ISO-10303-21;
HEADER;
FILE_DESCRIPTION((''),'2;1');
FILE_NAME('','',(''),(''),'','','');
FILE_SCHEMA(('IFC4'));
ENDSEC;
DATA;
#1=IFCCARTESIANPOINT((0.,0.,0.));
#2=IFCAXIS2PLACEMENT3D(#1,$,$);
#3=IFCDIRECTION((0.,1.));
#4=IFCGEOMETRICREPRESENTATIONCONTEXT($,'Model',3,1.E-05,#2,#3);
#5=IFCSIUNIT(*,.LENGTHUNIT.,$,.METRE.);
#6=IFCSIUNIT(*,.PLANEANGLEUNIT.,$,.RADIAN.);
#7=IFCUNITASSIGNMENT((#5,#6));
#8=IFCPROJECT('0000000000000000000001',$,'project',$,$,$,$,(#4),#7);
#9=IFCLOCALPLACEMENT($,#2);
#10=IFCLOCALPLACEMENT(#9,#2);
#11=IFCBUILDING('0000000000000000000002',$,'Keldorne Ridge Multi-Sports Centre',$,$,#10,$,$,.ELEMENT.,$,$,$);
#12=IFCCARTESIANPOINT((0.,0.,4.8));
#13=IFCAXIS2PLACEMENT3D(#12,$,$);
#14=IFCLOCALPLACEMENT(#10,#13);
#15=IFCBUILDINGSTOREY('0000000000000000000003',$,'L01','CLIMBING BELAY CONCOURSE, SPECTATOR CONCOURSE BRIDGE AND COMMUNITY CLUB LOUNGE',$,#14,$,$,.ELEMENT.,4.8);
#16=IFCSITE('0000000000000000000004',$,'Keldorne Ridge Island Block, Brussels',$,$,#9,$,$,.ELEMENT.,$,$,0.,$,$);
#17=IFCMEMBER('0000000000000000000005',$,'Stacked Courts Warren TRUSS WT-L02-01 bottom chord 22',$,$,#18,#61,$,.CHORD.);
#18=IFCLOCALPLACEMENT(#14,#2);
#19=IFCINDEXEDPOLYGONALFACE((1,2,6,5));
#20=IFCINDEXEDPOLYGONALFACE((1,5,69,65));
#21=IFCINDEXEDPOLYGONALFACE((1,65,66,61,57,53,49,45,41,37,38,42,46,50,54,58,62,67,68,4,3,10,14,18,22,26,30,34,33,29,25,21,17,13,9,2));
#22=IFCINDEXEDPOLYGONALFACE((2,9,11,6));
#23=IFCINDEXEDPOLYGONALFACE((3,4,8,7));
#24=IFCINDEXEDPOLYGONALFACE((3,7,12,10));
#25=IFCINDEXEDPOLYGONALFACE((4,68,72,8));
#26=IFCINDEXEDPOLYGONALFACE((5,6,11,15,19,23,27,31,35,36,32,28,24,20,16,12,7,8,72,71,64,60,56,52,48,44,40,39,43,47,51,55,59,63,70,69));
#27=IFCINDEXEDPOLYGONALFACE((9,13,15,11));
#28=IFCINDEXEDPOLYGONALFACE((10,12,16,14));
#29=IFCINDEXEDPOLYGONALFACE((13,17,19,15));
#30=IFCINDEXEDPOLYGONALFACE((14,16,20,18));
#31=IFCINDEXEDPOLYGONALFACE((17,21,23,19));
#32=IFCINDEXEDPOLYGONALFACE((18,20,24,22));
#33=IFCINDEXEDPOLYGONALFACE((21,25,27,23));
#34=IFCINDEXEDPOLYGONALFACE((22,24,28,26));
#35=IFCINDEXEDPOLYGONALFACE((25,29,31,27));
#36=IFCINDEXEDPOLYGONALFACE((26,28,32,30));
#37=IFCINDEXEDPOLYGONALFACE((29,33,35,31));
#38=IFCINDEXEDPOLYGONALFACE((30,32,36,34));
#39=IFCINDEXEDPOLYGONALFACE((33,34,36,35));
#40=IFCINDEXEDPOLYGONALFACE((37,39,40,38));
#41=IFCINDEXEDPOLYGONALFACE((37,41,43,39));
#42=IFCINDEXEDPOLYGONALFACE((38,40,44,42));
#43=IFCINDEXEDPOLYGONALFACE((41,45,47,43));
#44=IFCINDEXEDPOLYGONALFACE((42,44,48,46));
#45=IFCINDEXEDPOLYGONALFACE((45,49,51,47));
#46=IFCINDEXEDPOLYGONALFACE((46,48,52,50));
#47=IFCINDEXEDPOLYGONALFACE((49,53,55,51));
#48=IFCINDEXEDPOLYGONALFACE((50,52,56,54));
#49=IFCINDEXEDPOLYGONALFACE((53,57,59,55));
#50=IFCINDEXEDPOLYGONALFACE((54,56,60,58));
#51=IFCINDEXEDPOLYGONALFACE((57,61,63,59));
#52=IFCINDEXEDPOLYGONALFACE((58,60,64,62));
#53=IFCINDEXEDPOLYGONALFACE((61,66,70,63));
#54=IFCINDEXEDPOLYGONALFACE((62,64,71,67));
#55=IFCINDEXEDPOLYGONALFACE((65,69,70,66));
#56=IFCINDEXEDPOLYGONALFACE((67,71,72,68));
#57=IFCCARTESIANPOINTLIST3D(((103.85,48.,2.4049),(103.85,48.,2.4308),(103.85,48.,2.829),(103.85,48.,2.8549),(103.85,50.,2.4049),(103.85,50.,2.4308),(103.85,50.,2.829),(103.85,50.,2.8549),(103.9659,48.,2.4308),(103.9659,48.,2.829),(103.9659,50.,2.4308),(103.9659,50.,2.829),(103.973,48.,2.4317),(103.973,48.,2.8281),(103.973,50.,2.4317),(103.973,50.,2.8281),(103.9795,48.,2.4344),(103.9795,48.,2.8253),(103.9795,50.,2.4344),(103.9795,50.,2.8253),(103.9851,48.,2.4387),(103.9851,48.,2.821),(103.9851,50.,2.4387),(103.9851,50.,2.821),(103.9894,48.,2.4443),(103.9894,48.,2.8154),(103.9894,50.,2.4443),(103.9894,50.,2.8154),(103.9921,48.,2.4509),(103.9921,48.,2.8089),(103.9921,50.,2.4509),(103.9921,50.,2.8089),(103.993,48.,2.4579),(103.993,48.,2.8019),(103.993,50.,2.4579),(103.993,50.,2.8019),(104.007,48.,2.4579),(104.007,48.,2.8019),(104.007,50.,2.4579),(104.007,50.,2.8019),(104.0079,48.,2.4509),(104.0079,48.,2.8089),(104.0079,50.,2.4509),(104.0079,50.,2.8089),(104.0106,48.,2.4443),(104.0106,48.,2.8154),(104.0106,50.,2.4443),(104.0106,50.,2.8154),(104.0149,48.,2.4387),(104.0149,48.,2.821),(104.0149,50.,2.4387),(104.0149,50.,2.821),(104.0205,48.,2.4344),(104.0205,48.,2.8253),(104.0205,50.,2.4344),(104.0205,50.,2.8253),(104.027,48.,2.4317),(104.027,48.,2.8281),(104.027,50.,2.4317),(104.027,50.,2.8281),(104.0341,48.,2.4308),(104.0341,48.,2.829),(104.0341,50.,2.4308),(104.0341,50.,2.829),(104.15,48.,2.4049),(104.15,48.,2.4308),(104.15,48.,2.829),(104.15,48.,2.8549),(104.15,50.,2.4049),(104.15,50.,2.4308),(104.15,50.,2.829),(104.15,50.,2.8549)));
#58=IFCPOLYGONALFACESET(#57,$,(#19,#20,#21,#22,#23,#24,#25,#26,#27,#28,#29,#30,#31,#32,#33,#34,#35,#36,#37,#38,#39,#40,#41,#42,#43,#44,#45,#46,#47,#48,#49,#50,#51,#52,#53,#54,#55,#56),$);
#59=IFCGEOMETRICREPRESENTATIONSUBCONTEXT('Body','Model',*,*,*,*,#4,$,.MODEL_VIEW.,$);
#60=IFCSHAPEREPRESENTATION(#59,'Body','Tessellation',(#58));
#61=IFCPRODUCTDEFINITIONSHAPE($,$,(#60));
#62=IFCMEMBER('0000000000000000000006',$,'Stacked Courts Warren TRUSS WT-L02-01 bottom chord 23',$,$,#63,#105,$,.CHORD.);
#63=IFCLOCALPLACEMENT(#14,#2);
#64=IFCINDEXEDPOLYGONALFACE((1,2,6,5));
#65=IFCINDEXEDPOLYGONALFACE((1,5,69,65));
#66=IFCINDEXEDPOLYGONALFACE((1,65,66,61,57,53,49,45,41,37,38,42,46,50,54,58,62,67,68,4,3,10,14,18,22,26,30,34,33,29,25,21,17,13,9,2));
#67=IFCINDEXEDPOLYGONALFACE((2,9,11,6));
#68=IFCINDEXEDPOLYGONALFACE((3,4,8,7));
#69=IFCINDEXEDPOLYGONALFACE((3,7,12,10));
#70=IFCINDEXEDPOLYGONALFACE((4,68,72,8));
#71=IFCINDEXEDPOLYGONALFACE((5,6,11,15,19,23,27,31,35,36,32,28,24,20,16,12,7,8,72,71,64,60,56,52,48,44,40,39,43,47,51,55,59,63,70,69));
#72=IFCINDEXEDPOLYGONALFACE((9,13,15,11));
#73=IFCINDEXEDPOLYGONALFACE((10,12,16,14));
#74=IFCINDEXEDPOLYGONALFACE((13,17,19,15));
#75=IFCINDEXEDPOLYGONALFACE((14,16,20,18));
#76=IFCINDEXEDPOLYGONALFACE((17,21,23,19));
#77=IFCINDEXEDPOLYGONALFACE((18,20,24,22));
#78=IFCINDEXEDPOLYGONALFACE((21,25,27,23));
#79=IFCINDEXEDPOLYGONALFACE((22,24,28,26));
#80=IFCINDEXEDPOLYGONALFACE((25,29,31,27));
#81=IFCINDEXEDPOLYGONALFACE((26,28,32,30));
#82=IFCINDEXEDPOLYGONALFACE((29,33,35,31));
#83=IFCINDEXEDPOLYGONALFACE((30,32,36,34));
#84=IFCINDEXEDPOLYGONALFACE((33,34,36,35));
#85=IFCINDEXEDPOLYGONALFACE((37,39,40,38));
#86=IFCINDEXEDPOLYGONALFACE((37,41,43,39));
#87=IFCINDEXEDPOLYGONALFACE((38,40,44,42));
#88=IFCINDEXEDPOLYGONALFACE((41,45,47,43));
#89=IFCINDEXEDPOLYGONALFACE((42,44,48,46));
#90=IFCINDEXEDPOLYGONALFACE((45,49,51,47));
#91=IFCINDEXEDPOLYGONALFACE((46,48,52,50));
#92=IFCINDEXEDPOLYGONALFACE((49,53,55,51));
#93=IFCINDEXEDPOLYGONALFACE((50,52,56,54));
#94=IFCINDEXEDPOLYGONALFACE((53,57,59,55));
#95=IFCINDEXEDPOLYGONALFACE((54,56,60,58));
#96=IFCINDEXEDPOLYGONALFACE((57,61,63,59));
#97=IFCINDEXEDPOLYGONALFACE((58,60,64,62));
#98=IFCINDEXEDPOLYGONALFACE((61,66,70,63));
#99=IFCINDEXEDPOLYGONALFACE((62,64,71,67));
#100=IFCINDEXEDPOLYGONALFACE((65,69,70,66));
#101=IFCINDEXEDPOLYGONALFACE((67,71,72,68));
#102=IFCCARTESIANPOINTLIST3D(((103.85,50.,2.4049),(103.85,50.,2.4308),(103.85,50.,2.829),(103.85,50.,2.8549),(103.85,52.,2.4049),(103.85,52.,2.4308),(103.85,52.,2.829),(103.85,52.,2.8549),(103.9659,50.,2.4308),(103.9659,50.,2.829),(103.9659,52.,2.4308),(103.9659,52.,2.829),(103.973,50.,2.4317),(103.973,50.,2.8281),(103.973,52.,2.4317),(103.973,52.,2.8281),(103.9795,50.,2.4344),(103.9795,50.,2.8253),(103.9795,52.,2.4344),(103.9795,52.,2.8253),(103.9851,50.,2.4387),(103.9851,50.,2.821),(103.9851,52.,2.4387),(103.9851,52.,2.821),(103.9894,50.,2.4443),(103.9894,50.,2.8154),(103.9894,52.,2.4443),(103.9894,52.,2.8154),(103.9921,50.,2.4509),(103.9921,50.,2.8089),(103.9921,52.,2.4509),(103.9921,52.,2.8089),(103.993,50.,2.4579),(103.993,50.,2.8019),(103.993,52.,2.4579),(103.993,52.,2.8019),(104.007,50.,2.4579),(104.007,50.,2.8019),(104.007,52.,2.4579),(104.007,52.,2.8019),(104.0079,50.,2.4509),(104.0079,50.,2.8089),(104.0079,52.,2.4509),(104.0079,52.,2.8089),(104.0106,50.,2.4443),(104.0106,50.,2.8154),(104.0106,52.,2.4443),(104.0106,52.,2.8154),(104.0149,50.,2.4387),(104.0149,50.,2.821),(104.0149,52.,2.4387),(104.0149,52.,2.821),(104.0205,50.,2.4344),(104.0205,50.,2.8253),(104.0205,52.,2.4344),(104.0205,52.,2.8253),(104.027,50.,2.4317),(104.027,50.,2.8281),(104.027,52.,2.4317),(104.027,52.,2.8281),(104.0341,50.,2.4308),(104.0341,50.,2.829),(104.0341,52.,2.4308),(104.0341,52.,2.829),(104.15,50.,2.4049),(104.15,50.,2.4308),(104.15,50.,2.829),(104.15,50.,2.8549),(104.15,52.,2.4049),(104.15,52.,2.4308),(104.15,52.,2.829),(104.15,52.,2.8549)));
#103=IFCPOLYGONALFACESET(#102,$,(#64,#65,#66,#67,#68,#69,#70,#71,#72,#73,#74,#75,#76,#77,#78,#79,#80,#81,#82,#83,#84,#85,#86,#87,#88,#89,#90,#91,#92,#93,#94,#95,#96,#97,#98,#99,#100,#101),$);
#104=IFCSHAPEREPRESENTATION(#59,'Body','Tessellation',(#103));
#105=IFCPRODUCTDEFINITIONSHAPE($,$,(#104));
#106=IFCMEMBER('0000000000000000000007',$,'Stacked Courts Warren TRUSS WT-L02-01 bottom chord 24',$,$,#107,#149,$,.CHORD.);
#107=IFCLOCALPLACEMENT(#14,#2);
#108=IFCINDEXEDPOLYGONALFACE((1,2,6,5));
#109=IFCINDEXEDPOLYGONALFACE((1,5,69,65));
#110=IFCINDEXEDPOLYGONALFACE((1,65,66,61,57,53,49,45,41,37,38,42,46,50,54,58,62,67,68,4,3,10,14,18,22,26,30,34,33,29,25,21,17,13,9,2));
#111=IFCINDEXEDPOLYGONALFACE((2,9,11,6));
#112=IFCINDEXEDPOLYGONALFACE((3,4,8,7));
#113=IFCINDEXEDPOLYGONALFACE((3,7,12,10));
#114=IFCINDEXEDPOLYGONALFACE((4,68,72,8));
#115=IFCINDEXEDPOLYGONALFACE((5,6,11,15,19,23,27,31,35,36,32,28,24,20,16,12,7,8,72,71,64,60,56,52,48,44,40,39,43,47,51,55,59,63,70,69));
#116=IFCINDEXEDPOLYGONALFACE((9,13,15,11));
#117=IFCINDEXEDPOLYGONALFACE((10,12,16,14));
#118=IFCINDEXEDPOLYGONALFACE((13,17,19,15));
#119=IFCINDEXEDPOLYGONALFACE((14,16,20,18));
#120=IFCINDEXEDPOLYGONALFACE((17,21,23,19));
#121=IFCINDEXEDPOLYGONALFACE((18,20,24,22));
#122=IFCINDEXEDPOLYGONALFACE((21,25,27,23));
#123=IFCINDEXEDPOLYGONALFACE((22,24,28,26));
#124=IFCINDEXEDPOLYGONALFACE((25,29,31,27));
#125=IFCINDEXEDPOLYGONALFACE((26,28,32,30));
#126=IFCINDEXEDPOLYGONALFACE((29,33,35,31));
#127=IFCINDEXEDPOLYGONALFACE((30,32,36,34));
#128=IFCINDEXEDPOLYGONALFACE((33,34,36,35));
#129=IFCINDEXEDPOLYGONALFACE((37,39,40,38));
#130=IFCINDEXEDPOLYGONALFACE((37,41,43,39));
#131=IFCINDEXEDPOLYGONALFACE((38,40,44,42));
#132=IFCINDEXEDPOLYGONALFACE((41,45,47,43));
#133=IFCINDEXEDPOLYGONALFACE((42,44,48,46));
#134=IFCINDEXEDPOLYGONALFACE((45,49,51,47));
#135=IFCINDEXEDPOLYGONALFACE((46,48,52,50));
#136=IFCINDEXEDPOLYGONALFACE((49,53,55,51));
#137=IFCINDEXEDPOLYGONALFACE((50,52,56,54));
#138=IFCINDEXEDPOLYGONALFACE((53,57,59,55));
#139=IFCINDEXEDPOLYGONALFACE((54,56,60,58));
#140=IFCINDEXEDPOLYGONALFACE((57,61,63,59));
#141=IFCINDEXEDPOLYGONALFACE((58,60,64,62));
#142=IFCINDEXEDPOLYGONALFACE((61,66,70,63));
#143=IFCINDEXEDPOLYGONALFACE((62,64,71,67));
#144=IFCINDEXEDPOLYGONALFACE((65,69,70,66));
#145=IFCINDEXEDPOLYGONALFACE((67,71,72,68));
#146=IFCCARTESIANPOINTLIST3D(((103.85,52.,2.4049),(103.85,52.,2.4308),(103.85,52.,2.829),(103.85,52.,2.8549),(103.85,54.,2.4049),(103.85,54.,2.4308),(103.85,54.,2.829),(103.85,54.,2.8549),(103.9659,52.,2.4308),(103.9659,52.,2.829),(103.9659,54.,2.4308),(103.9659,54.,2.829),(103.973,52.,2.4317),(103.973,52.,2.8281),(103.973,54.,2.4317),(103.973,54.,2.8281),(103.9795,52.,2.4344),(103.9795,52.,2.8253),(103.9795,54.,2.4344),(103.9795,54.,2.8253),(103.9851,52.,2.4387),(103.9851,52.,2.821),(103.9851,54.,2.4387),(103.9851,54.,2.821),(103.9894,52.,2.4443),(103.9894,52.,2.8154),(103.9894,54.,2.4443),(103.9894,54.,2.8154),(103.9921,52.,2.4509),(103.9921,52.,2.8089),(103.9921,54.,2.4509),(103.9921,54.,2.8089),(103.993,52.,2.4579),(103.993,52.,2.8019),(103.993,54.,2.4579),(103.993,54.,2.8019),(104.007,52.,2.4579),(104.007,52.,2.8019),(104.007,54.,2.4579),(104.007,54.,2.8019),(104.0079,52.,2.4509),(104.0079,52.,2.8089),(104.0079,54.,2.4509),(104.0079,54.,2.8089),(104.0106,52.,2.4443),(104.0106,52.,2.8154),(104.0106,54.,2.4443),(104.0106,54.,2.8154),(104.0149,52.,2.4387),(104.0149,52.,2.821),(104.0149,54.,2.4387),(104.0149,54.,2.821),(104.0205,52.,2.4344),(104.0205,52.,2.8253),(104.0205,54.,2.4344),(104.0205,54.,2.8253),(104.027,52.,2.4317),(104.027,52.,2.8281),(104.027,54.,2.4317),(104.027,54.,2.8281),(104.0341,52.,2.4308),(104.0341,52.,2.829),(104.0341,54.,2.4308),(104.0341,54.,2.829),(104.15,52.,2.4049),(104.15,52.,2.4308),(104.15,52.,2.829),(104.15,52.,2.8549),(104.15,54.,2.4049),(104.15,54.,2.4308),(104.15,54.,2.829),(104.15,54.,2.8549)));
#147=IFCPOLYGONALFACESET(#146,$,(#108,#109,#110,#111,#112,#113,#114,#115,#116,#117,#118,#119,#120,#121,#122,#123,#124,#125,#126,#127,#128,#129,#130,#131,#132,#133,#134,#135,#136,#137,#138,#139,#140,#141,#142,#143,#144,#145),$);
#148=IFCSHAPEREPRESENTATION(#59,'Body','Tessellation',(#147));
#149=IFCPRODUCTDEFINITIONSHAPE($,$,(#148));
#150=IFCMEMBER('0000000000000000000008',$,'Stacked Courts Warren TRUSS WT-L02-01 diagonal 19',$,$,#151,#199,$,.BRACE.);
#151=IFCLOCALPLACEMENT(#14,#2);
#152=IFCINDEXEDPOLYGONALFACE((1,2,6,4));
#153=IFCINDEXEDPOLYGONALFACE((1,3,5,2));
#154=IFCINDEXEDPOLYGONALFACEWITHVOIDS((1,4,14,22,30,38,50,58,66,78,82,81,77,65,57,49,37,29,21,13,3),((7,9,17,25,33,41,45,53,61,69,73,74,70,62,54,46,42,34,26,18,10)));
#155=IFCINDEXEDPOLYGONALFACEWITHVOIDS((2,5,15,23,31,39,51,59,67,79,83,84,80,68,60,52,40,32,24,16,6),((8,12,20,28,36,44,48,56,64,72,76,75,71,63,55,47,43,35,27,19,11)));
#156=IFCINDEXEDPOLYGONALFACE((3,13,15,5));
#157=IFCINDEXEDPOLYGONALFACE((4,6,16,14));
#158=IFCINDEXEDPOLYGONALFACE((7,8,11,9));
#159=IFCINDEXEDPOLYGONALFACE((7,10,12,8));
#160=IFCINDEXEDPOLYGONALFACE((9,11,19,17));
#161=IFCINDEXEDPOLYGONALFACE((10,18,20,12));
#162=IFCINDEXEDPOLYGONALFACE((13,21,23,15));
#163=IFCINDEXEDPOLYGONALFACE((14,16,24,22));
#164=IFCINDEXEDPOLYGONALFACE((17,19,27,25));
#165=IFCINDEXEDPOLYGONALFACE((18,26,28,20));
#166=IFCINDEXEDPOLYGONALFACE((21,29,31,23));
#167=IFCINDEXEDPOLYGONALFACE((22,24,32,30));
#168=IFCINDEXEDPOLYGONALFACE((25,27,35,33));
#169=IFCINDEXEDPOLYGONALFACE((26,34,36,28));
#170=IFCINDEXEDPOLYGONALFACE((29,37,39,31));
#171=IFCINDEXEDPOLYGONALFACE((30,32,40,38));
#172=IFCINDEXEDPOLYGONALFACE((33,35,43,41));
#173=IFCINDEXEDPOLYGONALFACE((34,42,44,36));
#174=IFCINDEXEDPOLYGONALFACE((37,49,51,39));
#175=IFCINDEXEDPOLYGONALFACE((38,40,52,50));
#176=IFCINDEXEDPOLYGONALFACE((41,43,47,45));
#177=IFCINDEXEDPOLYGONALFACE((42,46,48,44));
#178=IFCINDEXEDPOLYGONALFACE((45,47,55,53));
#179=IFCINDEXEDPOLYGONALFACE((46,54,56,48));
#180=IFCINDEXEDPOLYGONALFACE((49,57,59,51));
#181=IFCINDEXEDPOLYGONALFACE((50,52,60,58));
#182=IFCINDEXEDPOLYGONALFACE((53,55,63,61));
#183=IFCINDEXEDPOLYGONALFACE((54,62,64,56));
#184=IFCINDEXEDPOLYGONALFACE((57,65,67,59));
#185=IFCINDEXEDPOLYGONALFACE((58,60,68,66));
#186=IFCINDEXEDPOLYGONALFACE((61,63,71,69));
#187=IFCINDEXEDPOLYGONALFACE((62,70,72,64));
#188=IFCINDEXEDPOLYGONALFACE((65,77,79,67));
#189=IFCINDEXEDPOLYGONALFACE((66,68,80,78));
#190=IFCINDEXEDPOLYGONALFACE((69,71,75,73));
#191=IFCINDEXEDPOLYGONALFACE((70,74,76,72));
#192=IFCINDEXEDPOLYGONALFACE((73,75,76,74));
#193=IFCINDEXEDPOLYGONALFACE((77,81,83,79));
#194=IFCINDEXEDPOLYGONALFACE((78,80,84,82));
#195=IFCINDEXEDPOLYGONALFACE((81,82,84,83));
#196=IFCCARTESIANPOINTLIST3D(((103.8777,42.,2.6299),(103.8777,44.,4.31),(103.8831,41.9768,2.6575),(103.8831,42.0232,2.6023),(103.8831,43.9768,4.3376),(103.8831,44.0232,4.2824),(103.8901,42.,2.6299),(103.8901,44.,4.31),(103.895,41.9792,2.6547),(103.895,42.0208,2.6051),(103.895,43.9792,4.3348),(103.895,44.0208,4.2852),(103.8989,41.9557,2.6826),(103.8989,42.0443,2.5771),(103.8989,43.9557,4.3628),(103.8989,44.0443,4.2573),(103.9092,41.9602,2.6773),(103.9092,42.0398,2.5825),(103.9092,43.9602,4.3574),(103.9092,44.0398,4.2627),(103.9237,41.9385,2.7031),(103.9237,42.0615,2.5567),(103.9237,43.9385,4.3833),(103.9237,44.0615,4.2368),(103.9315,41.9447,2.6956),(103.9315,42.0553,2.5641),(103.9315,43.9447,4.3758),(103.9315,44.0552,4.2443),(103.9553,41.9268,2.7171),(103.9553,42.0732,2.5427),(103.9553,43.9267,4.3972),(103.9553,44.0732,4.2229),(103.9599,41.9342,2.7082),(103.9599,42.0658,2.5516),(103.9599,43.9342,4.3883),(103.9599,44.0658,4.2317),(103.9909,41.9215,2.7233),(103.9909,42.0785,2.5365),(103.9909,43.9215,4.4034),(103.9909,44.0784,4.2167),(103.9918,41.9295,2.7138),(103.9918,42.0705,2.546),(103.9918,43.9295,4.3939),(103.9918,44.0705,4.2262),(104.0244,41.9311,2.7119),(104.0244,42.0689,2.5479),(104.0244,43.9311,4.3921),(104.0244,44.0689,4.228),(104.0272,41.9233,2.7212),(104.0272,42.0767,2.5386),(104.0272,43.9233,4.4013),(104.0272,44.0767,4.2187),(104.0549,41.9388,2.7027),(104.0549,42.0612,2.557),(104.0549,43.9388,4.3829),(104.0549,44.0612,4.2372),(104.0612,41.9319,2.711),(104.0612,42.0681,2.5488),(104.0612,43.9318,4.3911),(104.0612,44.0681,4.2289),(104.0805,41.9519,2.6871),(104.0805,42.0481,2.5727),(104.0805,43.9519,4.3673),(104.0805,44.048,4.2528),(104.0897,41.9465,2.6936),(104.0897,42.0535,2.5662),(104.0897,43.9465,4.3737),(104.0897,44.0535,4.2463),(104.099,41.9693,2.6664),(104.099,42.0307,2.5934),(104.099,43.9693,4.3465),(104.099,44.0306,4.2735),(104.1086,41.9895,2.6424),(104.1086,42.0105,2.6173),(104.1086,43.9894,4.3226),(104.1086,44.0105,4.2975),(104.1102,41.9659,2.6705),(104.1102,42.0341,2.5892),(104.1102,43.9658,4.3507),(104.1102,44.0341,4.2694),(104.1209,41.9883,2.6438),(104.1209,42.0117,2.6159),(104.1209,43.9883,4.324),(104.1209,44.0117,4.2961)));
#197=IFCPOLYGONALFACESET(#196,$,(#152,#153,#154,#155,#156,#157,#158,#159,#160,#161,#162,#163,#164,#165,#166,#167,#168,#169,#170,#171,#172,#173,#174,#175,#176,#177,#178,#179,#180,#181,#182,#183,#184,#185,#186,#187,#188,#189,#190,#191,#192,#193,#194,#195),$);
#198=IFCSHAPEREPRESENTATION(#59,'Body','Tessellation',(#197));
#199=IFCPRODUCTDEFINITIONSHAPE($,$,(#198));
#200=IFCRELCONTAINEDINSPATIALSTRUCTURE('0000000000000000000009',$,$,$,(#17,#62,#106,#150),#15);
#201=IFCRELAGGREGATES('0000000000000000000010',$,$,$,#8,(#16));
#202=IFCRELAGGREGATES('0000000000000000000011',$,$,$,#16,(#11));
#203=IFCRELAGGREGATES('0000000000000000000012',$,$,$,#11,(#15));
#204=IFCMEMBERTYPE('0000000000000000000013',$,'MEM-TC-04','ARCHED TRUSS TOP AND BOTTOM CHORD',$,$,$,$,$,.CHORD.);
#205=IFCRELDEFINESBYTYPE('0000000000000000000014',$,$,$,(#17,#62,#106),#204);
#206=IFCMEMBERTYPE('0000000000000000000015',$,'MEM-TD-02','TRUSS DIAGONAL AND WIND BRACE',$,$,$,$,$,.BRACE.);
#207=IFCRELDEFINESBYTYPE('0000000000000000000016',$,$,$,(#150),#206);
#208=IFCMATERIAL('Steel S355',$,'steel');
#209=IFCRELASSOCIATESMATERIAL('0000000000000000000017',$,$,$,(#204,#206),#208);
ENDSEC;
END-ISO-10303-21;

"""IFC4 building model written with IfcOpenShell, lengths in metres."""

from ifc_helpers import new_model, si_unit, direction, frame, origin, origin_2d, place, context, subcontext, project, spatial, hollow_circle, i_section, extrude, material, material_profile, profile_set, type_object, element, save


model = new_model("IFC4")

# Units and contexts
model_context = context("Model", 3, precision=1e-05, world=origin(), true_north=direction((0.0, 1.0)))
body_context = subcontext(model_context, "Body", "Model", "MODEL_VIEW")
ifc_project = project(units=[si_unit("LENGTHUNIT", "METRE"), si_unit("PLANEANGLEUNIT", "RADIAN")], contexts=[model_context])

# Site, building, storey
site_placement = place(None, origin())
site = spatial("IfcSite", under=ifc_project, at=site_placement, Name="Keldorne Ridge Island Block, Brussels", CompositionType="ELEMENT", RefElevation=0.0)
building_placement = place(site_placement, origin())
building = spatial("IfcBuilding", under=site, at=building_placement, Name="Keldorne Ridge Multi-Sports Centre", CompositionType="ELEMENT")
storey_placement = place(building_placement, frame((0.0, 0.0, 4.8)))
storey = spatial("IfcBuildingStorey", under=building, at=storey_placement, Name="L01", Description="CLIMBING BELAY CONCOURSE, SPECTATOR CONCOURSE BRIDGE AND COMMUNITY CLUB LOUNGE", CompositionType="ELEMENT", Elevation=4.8)

# Shared definitions
ifc_material_1 = material(Name="Steel S355", Category="steel")

# Members
ifc_material_profile_1 = material_profile(ifc_material_1, i_section(OverallWidth=0.3, OverallDepth=0.45, WebThickness=0.0139, FlangeThickness=0.0259, FilletRadius=0.0271, at=origin_2d()), Name="HEB 450")
ifc_profile_set_1 = profile_set([ifc_material_profile_1], Name="Steel S355")
member_type_1 = type_object("IfcMemberType", Name="MEM-TC-04", Description="ARCHED TRUSS TOP AND BOTTOM CHORD", PredefinedType="CHORD", material=ifc_profile_set_1)
for number, where, z_axis, x_axis, name in (
    (1, (104.0, 48.0, 2.6299), (0.0, 1.0, 0.0), (-1.0, 0.0, 0.0), "Stacked Courts Warren TRUSS WT-L02-01 bottom chord 22"),
    (2, (104.0, 50.0, 2.6299), (0.0, 1.0, 0.0), (-1.0, 0.0, 0.0), "Stacked Courts Warren TRUSS WT-L02-01 bottom chord 23"),
    (3, (104.0, 52.0, 2.6299), (0.0, 1.0, 0.0), (-1.0, 0.0, 0.0), "Stacked Courts Warren TRUSS WT-L02-01 bottom chord 24"),
):
    element("IfcMember", number, at=place(storey_placement, frame(where, z_axis=z_axis, x_axis=x_axis)), inside=storey, type_object=member_type_1, Name=name, PredefinedType="CHORD", context=body_context, shape_type="SweptSolid", body=[
        extrude(i_section(OverallWidth=0.3, OverallDepth=0.45, WebThickness=0.0139, FlangeThickness=0.0259, FilletRadius=0.0271, at=origin_2d()), origin(), (0.0, 0.0, 1.0), 2.0),
    ])
ifc_material_profile_2 = material_profile(ifc_material_1, hollow_circle(Radius=0.1223, WallThickness=0.0125, at=origin_2d()), Name="CHS 244.5x12.5")
ifc_profile_set_2 = profile_set([ifc_material_profile_2], Name="Steel S355")
member_type_2 = type_object("IfcMemberType", Name="MEM-TD-02", Description="TRUSS DIAGONAL AND WIND BRACE", PredefinedType="BRACE", material=ifc_profile_set_2)
for number, where, z_axis, x_axis, name in (
    (4, (104.0, 42.0, 2.6299), (0.0, 0.765672, 0.643232), (-1.0, 0.0, 0.0), "Stacked Courts Warren TRUSS WT-L02-01 diagonal 19"),
):
    element("IfcMember", number, at=place(storey_placement, frame(where, z_axis=z_axis, x_axis=x_axis)), inside=storey, type_object=member_type_2, Name=name, PredefinedType="BRACE", context=body_context, shape_type="SweptSolid", body=[
        extrude(hollow_circle(Radius=0.1223, WallThickness=0.0125, at=origin_2d()), origin(), (0.0, 0.0, 1.0), 2.6121),
    ])

save(model, "model.ifc")
